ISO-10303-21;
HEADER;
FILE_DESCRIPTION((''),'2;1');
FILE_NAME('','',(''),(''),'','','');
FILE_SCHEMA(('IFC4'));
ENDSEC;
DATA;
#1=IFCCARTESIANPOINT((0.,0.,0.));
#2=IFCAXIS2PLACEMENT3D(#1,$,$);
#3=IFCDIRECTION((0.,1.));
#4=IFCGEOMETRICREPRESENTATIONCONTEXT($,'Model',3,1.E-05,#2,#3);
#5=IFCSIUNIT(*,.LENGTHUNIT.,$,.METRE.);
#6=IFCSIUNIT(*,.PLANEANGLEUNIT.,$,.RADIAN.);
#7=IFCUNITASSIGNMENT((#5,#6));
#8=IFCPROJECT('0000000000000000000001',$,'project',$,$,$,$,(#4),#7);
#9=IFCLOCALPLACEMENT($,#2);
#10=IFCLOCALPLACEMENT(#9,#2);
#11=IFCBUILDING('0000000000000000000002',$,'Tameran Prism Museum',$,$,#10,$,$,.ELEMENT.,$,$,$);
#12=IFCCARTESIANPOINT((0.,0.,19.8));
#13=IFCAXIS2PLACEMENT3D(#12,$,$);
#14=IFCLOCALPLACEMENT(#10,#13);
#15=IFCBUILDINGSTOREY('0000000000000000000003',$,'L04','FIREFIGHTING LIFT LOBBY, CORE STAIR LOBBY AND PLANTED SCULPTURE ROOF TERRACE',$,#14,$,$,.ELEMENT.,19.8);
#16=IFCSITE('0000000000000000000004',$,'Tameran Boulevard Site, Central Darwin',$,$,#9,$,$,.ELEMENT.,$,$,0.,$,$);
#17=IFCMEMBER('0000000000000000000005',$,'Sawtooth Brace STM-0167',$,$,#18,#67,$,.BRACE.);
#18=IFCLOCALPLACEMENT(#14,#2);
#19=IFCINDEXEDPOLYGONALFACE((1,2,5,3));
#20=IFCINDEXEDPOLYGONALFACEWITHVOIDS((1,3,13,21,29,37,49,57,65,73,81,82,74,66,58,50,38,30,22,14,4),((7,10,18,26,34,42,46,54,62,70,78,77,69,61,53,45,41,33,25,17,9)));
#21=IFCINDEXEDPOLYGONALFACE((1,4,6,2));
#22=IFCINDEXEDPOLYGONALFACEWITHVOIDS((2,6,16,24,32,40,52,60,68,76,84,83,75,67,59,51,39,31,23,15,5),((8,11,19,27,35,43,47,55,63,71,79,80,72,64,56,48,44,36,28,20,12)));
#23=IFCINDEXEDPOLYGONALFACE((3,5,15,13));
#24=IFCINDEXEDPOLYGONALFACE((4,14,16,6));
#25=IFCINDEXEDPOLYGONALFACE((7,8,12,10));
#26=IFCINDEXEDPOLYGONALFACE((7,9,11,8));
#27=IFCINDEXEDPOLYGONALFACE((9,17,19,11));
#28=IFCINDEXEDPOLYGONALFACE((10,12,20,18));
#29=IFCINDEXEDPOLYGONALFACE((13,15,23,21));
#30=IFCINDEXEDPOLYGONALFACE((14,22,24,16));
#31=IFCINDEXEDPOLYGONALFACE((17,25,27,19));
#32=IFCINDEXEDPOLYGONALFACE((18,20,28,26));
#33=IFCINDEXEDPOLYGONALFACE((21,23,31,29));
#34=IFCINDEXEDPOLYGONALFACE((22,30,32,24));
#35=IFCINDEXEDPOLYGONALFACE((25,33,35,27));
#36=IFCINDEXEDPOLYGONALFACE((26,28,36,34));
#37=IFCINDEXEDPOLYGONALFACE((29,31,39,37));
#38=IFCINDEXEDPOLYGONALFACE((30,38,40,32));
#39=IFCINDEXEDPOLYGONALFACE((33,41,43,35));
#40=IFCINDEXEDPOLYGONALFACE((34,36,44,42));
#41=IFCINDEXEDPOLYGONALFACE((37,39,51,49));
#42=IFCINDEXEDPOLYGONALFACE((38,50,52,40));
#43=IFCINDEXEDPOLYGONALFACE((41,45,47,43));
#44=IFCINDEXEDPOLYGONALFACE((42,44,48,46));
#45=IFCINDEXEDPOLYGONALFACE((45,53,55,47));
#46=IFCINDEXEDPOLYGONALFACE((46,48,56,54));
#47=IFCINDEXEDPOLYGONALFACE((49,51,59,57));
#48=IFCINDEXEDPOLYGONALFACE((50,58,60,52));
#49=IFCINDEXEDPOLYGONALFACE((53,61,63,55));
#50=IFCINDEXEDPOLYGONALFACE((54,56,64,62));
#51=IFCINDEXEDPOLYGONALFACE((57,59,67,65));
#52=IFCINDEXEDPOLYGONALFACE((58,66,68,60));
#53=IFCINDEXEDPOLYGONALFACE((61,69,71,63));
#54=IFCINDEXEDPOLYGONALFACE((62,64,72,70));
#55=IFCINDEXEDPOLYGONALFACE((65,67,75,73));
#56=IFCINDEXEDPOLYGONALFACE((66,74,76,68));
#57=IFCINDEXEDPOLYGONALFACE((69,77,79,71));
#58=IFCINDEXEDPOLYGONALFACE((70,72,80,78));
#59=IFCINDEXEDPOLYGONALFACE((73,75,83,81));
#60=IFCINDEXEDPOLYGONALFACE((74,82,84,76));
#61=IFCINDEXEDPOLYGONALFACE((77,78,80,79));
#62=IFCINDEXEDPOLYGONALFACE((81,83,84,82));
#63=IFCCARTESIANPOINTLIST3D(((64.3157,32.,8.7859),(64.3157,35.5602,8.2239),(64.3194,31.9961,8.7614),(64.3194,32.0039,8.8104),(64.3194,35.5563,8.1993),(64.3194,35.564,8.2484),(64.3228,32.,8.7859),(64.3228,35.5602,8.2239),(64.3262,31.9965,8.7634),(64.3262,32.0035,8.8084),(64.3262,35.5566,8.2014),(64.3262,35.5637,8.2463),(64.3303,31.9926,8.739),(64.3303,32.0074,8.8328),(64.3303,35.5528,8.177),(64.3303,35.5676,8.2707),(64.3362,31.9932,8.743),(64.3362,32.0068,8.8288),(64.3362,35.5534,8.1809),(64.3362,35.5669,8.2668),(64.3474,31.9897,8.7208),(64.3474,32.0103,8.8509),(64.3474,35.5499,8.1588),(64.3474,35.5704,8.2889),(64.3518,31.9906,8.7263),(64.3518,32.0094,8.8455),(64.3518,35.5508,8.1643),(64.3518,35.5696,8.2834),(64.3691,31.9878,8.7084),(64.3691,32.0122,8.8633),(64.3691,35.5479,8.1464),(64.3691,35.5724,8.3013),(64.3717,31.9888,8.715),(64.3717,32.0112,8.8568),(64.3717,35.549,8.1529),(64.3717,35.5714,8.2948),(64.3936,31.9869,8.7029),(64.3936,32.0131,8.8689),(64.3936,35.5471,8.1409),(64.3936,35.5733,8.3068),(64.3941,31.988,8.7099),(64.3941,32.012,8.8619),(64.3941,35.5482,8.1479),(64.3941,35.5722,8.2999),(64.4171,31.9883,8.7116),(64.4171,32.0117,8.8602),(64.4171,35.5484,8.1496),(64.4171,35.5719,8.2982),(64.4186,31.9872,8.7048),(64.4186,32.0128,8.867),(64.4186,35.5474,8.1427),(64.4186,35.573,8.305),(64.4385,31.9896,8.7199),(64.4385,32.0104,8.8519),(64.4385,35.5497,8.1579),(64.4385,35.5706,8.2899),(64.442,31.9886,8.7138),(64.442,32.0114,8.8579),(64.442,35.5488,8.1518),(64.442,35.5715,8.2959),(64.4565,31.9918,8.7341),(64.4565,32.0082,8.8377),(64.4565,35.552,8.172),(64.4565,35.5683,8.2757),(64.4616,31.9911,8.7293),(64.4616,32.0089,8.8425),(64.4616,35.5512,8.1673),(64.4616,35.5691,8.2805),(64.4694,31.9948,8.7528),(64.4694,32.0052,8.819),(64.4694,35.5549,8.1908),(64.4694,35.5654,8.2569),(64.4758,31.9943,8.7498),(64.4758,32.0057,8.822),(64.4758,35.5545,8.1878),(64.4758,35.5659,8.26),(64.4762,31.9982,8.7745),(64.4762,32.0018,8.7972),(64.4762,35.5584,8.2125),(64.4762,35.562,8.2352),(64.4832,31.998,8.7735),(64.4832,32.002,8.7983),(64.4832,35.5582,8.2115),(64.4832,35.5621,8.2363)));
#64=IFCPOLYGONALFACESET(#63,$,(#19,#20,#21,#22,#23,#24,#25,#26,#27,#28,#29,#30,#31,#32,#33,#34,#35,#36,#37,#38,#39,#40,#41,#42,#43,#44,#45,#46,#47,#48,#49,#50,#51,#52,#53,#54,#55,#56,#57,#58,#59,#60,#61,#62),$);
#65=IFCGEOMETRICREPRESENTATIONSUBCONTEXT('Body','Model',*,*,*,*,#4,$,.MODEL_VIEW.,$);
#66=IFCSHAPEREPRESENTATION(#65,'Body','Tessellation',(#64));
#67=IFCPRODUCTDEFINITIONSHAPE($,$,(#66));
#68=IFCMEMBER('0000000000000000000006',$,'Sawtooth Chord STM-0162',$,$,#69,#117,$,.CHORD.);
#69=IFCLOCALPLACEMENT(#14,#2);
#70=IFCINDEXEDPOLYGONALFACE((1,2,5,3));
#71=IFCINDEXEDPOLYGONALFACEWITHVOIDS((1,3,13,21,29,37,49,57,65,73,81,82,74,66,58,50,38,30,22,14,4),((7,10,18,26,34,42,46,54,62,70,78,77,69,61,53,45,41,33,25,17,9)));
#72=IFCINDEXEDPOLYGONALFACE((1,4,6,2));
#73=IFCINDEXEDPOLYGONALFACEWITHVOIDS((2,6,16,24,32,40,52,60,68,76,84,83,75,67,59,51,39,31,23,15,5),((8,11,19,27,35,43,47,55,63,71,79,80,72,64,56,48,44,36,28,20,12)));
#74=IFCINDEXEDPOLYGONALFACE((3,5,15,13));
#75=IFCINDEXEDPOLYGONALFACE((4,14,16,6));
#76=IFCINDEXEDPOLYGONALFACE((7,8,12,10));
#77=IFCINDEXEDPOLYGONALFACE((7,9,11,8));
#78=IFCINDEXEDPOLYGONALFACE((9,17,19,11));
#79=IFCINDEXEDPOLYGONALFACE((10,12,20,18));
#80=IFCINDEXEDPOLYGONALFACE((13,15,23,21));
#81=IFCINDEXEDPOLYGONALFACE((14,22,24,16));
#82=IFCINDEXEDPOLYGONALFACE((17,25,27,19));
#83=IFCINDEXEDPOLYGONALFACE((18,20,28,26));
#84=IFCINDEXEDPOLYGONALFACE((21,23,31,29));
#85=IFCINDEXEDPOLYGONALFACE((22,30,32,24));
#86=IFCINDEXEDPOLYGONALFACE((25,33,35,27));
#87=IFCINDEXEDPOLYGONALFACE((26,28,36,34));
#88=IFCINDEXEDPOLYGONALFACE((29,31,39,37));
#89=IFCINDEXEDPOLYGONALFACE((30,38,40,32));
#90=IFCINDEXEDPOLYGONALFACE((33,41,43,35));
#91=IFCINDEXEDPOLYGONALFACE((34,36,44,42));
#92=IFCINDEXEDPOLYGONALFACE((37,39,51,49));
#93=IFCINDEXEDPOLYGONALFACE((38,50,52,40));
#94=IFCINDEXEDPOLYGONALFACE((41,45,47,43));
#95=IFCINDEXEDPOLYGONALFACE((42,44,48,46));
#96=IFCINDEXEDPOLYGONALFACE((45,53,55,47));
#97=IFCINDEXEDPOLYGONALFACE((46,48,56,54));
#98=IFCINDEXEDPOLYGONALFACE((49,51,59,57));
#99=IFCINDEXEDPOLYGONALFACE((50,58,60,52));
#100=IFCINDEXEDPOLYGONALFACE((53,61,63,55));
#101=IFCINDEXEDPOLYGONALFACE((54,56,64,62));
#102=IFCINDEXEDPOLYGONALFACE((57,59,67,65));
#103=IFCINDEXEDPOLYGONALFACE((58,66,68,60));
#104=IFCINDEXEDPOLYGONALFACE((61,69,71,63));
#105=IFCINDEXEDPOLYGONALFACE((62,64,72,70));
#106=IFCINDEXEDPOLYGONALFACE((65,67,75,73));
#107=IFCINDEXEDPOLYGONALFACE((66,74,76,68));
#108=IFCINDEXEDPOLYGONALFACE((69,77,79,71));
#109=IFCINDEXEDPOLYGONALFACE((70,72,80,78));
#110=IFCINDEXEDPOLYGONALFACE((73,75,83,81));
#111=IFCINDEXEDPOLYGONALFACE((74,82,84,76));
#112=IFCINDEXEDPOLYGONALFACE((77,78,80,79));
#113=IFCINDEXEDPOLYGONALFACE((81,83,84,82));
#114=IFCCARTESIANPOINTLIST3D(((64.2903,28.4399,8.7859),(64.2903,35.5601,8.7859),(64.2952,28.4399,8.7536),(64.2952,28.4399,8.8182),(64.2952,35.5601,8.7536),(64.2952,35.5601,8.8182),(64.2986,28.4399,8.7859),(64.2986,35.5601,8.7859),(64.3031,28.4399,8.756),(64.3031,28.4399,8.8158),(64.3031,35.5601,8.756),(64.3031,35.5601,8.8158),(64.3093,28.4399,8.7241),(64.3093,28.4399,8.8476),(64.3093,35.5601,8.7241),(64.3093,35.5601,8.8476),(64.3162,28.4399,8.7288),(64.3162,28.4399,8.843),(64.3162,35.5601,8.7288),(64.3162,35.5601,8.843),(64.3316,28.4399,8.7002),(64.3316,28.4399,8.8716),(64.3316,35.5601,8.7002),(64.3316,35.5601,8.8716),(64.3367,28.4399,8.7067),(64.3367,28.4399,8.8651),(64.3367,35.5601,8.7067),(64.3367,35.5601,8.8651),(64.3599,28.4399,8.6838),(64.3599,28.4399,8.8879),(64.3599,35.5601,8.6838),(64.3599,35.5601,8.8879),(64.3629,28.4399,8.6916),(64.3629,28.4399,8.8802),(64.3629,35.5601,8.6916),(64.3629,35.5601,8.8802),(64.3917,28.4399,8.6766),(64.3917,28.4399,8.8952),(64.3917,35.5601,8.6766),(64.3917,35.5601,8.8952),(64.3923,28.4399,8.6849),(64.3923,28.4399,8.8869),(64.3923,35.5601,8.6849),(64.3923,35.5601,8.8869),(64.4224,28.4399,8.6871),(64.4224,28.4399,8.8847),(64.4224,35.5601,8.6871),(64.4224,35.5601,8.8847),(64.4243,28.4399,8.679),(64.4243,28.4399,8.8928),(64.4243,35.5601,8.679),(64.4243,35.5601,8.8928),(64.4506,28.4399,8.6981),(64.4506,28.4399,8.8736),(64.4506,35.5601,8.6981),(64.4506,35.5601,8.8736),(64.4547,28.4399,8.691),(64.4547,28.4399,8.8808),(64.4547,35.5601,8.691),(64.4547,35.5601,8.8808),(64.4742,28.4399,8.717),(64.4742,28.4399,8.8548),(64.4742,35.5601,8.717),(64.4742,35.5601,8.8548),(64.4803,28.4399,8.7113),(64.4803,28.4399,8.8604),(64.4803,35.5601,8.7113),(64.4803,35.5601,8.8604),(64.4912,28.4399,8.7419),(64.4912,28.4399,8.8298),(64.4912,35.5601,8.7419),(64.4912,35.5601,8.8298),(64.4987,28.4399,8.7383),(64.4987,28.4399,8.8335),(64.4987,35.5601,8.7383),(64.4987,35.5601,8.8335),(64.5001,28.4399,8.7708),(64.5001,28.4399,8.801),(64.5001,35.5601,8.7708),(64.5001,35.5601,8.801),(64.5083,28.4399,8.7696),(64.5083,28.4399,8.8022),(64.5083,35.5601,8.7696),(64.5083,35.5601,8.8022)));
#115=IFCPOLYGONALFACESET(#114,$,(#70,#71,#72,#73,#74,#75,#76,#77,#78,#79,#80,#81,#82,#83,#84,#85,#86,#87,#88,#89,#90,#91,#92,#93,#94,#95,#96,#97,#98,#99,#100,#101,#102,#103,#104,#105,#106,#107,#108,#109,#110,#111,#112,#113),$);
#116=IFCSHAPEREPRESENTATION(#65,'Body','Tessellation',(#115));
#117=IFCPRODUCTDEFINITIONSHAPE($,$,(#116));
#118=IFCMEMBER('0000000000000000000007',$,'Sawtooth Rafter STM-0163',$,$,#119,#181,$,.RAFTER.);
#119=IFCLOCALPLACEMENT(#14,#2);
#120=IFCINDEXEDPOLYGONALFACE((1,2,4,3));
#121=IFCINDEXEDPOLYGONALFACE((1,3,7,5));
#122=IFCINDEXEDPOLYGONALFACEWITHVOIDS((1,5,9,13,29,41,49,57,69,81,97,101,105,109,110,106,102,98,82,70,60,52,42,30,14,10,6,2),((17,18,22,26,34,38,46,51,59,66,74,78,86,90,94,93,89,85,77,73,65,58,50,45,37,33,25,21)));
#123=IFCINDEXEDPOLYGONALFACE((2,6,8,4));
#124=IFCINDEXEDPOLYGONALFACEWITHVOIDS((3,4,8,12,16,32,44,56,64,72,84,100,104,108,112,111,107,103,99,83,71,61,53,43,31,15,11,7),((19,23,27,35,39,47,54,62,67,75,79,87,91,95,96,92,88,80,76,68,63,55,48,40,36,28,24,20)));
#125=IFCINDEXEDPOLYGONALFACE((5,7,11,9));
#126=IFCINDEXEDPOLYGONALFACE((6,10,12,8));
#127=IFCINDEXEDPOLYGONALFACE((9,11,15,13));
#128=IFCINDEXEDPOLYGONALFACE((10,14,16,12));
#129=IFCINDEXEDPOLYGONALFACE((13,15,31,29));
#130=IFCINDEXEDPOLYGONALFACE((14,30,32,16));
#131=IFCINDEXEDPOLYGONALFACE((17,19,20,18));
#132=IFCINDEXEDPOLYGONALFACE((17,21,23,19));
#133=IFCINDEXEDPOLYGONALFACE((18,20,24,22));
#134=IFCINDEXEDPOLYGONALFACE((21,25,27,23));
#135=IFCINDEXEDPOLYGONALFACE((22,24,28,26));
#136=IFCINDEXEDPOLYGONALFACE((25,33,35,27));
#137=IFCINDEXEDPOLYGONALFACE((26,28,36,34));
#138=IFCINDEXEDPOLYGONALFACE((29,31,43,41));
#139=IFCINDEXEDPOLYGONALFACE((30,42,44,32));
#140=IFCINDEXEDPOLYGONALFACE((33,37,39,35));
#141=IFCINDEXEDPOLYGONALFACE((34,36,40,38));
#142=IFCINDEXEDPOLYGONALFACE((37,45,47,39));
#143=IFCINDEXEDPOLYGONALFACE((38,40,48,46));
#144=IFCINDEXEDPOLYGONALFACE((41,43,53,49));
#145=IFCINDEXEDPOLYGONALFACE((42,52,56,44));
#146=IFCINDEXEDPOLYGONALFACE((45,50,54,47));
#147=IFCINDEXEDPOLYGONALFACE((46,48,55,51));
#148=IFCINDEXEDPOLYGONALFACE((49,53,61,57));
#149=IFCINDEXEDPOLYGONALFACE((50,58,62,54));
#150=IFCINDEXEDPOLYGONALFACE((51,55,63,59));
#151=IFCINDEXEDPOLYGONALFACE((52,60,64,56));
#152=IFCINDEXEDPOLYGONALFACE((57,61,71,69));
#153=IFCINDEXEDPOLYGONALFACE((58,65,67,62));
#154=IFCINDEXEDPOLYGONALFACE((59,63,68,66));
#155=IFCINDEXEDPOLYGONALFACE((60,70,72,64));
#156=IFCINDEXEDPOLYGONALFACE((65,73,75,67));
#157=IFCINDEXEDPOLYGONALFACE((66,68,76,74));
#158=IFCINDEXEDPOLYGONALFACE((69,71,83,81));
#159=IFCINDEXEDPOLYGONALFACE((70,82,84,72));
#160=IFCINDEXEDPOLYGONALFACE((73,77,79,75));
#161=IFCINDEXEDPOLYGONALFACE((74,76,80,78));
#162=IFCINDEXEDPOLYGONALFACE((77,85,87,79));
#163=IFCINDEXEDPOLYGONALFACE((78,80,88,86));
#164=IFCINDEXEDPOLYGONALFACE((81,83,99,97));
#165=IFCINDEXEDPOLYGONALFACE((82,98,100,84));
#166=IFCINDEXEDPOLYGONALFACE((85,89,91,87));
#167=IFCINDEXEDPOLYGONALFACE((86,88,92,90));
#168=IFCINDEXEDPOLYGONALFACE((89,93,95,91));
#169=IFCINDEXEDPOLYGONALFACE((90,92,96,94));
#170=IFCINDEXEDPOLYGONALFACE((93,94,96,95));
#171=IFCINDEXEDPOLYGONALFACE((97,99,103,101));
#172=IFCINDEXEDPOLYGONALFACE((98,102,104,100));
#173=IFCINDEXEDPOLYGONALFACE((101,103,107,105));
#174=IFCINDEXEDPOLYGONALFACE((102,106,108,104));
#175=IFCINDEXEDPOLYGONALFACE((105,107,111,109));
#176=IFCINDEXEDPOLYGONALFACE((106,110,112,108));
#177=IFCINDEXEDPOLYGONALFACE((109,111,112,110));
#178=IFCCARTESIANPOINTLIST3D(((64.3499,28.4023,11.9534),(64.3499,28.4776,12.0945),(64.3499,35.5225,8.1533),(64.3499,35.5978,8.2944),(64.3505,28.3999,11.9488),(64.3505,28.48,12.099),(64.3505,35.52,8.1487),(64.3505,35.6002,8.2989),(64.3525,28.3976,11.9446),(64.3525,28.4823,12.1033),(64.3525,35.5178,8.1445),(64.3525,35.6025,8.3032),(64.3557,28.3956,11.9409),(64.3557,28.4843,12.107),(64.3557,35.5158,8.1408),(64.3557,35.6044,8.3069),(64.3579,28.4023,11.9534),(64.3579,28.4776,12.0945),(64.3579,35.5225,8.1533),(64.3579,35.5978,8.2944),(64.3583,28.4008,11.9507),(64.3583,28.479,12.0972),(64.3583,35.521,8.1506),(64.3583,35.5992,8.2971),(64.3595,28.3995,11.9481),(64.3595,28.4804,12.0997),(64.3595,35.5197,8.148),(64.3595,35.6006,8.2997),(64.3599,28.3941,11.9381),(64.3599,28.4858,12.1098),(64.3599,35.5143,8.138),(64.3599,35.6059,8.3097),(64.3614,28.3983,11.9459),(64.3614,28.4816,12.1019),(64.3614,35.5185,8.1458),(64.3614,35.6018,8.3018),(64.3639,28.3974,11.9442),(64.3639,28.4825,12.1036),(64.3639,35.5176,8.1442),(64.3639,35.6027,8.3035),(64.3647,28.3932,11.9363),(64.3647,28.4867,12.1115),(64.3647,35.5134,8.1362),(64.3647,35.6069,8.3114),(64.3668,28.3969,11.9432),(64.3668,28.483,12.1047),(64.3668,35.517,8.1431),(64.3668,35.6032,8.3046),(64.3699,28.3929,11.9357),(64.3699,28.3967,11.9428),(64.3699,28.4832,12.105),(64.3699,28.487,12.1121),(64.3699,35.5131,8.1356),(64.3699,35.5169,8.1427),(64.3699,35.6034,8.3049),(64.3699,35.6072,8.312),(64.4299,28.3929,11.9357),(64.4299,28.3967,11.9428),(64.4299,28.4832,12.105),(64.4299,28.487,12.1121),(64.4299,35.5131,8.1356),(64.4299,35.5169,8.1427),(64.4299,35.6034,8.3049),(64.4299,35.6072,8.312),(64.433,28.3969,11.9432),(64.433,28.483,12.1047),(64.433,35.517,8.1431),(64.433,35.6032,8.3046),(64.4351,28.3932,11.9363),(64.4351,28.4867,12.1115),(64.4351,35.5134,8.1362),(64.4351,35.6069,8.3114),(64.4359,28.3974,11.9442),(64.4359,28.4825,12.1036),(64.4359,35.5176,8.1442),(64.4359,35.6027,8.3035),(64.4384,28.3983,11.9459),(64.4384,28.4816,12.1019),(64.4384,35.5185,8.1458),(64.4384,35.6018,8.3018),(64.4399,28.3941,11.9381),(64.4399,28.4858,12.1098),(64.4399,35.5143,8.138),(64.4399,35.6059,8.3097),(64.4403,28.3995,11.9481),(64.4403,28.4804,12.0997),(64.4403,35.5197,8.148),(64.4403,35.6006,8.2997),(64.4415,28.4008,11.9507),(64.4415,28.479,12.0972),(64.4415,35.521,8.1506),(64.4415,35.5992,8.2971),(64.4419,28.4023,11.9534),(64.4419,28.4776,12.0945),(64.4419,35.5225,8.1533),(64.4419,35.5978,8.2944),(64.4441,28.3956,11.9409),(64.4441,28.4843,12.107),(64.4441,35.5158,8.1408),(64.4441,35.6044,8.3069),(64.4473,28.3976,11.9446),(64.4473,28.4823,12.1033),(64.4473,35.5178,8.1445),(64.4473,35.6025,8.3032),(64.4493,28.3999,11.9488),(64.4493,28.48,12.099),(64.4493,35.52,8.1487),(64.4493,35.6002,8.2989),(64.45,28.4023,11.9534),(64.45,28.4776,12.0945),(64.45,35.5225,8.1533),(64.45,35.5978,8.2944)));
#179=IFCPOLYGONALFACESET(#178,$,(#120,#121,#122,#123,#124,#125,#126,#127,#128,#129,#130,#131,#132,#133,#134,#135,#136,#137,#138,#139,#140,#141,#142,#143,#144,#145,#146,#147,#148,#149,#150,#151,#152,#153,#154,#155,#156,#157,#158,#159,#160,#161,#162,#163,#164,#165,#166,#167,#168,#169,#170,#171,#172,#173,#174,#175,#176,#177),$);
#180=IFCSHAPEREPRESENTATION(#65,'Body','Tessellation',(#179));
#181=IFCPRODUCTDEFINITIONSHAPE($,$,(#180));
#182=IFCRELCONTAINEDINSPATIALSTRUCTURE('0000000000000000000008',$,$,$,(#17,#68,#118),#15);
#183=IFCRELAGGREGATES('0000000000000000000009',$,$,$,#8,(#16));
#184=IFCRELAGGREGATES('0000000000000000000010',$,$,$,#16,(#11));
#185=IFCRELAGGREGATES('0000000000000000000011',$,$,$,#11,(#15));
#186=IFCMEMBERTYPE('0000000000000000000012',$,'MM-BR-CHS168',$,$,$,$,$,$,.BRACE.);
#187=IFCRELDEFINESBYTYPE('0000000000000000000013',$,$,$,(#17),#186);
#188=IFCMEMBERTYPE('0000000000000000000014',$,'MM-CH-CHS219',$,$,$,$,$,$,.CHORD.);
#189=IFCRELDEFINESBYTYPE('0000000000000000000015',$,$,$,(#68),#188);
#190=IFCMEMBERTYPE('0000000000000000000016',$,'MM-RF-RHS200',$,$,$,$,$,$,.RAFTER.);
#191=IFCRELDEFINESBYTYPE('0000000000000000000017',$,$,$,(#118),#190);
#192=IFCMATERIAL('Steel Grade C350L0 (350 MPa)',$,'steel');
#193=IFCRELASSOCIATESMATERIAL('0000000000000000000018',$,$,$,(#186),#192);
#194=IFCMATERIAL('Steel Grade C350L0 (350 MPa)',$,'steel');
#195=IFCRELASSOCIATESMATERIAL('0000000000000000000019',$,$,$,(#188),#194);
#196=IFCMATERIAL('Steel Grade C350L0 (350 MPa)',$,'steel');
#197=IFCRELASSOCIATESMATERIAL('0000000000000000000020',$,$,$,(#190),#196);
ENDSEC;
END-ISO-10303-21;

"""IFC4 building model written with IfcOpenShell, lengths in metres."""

from ifc_helpers import new_model, si_unit, direction, frame, origin, origin_2d, place, context, subcontext, project, spatial, hollow_rectangle, hollow_circle, extrude, material, material_profile, profile_set, type_object, element, save


model = new_model("IFC4")

# Units and contexts
model_context = context("Model", 3, precision=1e-05, world=origin(), true_north=direction((0.0, 1.0)))
body_context = subcontext(model_context, "Body", "Model", "MODEL_VIEW")
ifc_project = project(units=[si_unit("LENGTHUNIT", "METRE"), si_unit("PLANEANGLEUNIT", "RADIAN")], contexts=[model_context])

# Site, building, storey
site_placement = place(None, origin())
site = spatial("IfcSite", under=ifc_project, at=site_placement, Name="Tameran Boulevard Site, Central Darwin", CompositionType="ELEMENT", RefElevation=0.0)
building_placement = place(site_placement, origin())
building = spatial("IfcBuilding", under=site, at=building_placement, Name="Tameran Prism Museum", CompositionType="ELEMENT")
storey_placement = place(building_placement, frame((0.0, 0.0, 19.8)))
storey = spatial("IfcBuildingStorey", under=building, at=storey_placement, Name="L04", Description="FIREFIGHTING LIFT LOBBY, CORE STAIR LOBBY AND PLANTED SCULPTURE ROOF TERRACE", CompositionType="ELEMENT", Elevation=19.8)

# Members
ifc_material_1 = material(Name="Steel Grade C350L0 (350 MPa)", Category="steel")
ifc_material_profile_1 = material_profile(ifc_material_1, hollow_circle(Radius=0.0842, WallThickness=0.0071, at=origin_2d()))
ifc_profile_set_1 = profile_set([ifc_material_profile_1])
member_type_1 = type_object("IfcMemberType", Name="MM-BR-CHS168", PredefinedType="BRACE", material=ifc_profile_set_1)
member_1_placement = place(storey_placement, frame((64.3999, 32.0, 8.7859), z_axis=(0.0, 0.987767, -0.155935), x_axis=(-1.0, 0.0, 0.0)))
element("IfcMember", 1, at=member_1_placement, inside=storey, type_object=member_type_1, Name="Sawtooth Brace STM-0167", PredefinedType="BRACE", context=body_context, shape_type="SweptSolid", body=[
    extrude(hollow_circle(Radius=0.0842, WallThickness=0.0071, at=origin_2d()), origin(), (0.0, 0.0, 1.0), 3.6042),
])
ifc_material_2 = material(Name="Steel Grade C350L0 (350 MPa)", Category="steel")
ifc_material_profile_2 = material_profile(ifc_material_2, hollow_circle(Radius=0.1096, WallThickness=0.0083, at=origin_2d()))
ifc_profile_set_2 = profile_set([ifc_material_profile_2])
member_type_2 = type_object("IfcMemberType", Name="MM-CH-CHS219", PredefinedType="CHORD", material=ifc_profile_set_2)
member_2_placement = place(storey_placement, frame((64.3999, 28.4399, 8.7859), z_axis=(0.0, 1.0, 0.0), x_axis=(-1.0, 0.0, 0.0)))
element("IfcMember", 2, at=member_2_placement, inside=storey, type_object=member_type_2, Name="Sawtooth Chord STM-0162", PredefinedType="CHORD", context=body_context, shape_type="SweptSolid", body=[
    extrude(hollow_circle(Radius=0.1096, WallThickness=0.0083, at=origin_2d()), origin(), (0.0, 0.0, 1.0), 7.1201),
])
ifc_material_3 = material(Name="Steel Grade C350L0 (350 MPa)", Category="steel")
ifc_material_profile_3 = material_profile(ifc_material_3, hollow_rectangle(XDim=0.1001, YDim=0.2, WallThickness=0.0081, InnerFilletRadius=0.012, OuterFilletRadius=0.02, at=origin_2d()))
ifc_profile_set_3 = profile_set([ifc_material_profile_3])
member_type_3 = type_object("IfcMemberType", Name="MM-RF-RHS200", PredefinedType="RAFTER", material=ifc_profile_set_3)
member_3_placement = place(storey_placement, frame((64.3999, 28.4399, 12.0239), z_axis=(0.0, 0.882216, -0.470844), x_axis=(-1.0, 0.0, 0.0)))
element("IfcMember", 3, at=member_3_placement, inside=storey, type_object=member_type_3, Name="Sawtooth Rafter STM-0163", PredefinedType="RAFTER", context=body_context, shape_type="SweptSolid", body=[
    extrude(hollow_rectangle(XDim=0.1001, YDim=0.2, WallThickness=0.0081, InnerFilletRadius=0.012, OuterFilletRadius=0.02, at=origin_2d()), origin(), (0.0, 0.0, 1.0), 8.0708),
])

save(model, "model.ifc")
